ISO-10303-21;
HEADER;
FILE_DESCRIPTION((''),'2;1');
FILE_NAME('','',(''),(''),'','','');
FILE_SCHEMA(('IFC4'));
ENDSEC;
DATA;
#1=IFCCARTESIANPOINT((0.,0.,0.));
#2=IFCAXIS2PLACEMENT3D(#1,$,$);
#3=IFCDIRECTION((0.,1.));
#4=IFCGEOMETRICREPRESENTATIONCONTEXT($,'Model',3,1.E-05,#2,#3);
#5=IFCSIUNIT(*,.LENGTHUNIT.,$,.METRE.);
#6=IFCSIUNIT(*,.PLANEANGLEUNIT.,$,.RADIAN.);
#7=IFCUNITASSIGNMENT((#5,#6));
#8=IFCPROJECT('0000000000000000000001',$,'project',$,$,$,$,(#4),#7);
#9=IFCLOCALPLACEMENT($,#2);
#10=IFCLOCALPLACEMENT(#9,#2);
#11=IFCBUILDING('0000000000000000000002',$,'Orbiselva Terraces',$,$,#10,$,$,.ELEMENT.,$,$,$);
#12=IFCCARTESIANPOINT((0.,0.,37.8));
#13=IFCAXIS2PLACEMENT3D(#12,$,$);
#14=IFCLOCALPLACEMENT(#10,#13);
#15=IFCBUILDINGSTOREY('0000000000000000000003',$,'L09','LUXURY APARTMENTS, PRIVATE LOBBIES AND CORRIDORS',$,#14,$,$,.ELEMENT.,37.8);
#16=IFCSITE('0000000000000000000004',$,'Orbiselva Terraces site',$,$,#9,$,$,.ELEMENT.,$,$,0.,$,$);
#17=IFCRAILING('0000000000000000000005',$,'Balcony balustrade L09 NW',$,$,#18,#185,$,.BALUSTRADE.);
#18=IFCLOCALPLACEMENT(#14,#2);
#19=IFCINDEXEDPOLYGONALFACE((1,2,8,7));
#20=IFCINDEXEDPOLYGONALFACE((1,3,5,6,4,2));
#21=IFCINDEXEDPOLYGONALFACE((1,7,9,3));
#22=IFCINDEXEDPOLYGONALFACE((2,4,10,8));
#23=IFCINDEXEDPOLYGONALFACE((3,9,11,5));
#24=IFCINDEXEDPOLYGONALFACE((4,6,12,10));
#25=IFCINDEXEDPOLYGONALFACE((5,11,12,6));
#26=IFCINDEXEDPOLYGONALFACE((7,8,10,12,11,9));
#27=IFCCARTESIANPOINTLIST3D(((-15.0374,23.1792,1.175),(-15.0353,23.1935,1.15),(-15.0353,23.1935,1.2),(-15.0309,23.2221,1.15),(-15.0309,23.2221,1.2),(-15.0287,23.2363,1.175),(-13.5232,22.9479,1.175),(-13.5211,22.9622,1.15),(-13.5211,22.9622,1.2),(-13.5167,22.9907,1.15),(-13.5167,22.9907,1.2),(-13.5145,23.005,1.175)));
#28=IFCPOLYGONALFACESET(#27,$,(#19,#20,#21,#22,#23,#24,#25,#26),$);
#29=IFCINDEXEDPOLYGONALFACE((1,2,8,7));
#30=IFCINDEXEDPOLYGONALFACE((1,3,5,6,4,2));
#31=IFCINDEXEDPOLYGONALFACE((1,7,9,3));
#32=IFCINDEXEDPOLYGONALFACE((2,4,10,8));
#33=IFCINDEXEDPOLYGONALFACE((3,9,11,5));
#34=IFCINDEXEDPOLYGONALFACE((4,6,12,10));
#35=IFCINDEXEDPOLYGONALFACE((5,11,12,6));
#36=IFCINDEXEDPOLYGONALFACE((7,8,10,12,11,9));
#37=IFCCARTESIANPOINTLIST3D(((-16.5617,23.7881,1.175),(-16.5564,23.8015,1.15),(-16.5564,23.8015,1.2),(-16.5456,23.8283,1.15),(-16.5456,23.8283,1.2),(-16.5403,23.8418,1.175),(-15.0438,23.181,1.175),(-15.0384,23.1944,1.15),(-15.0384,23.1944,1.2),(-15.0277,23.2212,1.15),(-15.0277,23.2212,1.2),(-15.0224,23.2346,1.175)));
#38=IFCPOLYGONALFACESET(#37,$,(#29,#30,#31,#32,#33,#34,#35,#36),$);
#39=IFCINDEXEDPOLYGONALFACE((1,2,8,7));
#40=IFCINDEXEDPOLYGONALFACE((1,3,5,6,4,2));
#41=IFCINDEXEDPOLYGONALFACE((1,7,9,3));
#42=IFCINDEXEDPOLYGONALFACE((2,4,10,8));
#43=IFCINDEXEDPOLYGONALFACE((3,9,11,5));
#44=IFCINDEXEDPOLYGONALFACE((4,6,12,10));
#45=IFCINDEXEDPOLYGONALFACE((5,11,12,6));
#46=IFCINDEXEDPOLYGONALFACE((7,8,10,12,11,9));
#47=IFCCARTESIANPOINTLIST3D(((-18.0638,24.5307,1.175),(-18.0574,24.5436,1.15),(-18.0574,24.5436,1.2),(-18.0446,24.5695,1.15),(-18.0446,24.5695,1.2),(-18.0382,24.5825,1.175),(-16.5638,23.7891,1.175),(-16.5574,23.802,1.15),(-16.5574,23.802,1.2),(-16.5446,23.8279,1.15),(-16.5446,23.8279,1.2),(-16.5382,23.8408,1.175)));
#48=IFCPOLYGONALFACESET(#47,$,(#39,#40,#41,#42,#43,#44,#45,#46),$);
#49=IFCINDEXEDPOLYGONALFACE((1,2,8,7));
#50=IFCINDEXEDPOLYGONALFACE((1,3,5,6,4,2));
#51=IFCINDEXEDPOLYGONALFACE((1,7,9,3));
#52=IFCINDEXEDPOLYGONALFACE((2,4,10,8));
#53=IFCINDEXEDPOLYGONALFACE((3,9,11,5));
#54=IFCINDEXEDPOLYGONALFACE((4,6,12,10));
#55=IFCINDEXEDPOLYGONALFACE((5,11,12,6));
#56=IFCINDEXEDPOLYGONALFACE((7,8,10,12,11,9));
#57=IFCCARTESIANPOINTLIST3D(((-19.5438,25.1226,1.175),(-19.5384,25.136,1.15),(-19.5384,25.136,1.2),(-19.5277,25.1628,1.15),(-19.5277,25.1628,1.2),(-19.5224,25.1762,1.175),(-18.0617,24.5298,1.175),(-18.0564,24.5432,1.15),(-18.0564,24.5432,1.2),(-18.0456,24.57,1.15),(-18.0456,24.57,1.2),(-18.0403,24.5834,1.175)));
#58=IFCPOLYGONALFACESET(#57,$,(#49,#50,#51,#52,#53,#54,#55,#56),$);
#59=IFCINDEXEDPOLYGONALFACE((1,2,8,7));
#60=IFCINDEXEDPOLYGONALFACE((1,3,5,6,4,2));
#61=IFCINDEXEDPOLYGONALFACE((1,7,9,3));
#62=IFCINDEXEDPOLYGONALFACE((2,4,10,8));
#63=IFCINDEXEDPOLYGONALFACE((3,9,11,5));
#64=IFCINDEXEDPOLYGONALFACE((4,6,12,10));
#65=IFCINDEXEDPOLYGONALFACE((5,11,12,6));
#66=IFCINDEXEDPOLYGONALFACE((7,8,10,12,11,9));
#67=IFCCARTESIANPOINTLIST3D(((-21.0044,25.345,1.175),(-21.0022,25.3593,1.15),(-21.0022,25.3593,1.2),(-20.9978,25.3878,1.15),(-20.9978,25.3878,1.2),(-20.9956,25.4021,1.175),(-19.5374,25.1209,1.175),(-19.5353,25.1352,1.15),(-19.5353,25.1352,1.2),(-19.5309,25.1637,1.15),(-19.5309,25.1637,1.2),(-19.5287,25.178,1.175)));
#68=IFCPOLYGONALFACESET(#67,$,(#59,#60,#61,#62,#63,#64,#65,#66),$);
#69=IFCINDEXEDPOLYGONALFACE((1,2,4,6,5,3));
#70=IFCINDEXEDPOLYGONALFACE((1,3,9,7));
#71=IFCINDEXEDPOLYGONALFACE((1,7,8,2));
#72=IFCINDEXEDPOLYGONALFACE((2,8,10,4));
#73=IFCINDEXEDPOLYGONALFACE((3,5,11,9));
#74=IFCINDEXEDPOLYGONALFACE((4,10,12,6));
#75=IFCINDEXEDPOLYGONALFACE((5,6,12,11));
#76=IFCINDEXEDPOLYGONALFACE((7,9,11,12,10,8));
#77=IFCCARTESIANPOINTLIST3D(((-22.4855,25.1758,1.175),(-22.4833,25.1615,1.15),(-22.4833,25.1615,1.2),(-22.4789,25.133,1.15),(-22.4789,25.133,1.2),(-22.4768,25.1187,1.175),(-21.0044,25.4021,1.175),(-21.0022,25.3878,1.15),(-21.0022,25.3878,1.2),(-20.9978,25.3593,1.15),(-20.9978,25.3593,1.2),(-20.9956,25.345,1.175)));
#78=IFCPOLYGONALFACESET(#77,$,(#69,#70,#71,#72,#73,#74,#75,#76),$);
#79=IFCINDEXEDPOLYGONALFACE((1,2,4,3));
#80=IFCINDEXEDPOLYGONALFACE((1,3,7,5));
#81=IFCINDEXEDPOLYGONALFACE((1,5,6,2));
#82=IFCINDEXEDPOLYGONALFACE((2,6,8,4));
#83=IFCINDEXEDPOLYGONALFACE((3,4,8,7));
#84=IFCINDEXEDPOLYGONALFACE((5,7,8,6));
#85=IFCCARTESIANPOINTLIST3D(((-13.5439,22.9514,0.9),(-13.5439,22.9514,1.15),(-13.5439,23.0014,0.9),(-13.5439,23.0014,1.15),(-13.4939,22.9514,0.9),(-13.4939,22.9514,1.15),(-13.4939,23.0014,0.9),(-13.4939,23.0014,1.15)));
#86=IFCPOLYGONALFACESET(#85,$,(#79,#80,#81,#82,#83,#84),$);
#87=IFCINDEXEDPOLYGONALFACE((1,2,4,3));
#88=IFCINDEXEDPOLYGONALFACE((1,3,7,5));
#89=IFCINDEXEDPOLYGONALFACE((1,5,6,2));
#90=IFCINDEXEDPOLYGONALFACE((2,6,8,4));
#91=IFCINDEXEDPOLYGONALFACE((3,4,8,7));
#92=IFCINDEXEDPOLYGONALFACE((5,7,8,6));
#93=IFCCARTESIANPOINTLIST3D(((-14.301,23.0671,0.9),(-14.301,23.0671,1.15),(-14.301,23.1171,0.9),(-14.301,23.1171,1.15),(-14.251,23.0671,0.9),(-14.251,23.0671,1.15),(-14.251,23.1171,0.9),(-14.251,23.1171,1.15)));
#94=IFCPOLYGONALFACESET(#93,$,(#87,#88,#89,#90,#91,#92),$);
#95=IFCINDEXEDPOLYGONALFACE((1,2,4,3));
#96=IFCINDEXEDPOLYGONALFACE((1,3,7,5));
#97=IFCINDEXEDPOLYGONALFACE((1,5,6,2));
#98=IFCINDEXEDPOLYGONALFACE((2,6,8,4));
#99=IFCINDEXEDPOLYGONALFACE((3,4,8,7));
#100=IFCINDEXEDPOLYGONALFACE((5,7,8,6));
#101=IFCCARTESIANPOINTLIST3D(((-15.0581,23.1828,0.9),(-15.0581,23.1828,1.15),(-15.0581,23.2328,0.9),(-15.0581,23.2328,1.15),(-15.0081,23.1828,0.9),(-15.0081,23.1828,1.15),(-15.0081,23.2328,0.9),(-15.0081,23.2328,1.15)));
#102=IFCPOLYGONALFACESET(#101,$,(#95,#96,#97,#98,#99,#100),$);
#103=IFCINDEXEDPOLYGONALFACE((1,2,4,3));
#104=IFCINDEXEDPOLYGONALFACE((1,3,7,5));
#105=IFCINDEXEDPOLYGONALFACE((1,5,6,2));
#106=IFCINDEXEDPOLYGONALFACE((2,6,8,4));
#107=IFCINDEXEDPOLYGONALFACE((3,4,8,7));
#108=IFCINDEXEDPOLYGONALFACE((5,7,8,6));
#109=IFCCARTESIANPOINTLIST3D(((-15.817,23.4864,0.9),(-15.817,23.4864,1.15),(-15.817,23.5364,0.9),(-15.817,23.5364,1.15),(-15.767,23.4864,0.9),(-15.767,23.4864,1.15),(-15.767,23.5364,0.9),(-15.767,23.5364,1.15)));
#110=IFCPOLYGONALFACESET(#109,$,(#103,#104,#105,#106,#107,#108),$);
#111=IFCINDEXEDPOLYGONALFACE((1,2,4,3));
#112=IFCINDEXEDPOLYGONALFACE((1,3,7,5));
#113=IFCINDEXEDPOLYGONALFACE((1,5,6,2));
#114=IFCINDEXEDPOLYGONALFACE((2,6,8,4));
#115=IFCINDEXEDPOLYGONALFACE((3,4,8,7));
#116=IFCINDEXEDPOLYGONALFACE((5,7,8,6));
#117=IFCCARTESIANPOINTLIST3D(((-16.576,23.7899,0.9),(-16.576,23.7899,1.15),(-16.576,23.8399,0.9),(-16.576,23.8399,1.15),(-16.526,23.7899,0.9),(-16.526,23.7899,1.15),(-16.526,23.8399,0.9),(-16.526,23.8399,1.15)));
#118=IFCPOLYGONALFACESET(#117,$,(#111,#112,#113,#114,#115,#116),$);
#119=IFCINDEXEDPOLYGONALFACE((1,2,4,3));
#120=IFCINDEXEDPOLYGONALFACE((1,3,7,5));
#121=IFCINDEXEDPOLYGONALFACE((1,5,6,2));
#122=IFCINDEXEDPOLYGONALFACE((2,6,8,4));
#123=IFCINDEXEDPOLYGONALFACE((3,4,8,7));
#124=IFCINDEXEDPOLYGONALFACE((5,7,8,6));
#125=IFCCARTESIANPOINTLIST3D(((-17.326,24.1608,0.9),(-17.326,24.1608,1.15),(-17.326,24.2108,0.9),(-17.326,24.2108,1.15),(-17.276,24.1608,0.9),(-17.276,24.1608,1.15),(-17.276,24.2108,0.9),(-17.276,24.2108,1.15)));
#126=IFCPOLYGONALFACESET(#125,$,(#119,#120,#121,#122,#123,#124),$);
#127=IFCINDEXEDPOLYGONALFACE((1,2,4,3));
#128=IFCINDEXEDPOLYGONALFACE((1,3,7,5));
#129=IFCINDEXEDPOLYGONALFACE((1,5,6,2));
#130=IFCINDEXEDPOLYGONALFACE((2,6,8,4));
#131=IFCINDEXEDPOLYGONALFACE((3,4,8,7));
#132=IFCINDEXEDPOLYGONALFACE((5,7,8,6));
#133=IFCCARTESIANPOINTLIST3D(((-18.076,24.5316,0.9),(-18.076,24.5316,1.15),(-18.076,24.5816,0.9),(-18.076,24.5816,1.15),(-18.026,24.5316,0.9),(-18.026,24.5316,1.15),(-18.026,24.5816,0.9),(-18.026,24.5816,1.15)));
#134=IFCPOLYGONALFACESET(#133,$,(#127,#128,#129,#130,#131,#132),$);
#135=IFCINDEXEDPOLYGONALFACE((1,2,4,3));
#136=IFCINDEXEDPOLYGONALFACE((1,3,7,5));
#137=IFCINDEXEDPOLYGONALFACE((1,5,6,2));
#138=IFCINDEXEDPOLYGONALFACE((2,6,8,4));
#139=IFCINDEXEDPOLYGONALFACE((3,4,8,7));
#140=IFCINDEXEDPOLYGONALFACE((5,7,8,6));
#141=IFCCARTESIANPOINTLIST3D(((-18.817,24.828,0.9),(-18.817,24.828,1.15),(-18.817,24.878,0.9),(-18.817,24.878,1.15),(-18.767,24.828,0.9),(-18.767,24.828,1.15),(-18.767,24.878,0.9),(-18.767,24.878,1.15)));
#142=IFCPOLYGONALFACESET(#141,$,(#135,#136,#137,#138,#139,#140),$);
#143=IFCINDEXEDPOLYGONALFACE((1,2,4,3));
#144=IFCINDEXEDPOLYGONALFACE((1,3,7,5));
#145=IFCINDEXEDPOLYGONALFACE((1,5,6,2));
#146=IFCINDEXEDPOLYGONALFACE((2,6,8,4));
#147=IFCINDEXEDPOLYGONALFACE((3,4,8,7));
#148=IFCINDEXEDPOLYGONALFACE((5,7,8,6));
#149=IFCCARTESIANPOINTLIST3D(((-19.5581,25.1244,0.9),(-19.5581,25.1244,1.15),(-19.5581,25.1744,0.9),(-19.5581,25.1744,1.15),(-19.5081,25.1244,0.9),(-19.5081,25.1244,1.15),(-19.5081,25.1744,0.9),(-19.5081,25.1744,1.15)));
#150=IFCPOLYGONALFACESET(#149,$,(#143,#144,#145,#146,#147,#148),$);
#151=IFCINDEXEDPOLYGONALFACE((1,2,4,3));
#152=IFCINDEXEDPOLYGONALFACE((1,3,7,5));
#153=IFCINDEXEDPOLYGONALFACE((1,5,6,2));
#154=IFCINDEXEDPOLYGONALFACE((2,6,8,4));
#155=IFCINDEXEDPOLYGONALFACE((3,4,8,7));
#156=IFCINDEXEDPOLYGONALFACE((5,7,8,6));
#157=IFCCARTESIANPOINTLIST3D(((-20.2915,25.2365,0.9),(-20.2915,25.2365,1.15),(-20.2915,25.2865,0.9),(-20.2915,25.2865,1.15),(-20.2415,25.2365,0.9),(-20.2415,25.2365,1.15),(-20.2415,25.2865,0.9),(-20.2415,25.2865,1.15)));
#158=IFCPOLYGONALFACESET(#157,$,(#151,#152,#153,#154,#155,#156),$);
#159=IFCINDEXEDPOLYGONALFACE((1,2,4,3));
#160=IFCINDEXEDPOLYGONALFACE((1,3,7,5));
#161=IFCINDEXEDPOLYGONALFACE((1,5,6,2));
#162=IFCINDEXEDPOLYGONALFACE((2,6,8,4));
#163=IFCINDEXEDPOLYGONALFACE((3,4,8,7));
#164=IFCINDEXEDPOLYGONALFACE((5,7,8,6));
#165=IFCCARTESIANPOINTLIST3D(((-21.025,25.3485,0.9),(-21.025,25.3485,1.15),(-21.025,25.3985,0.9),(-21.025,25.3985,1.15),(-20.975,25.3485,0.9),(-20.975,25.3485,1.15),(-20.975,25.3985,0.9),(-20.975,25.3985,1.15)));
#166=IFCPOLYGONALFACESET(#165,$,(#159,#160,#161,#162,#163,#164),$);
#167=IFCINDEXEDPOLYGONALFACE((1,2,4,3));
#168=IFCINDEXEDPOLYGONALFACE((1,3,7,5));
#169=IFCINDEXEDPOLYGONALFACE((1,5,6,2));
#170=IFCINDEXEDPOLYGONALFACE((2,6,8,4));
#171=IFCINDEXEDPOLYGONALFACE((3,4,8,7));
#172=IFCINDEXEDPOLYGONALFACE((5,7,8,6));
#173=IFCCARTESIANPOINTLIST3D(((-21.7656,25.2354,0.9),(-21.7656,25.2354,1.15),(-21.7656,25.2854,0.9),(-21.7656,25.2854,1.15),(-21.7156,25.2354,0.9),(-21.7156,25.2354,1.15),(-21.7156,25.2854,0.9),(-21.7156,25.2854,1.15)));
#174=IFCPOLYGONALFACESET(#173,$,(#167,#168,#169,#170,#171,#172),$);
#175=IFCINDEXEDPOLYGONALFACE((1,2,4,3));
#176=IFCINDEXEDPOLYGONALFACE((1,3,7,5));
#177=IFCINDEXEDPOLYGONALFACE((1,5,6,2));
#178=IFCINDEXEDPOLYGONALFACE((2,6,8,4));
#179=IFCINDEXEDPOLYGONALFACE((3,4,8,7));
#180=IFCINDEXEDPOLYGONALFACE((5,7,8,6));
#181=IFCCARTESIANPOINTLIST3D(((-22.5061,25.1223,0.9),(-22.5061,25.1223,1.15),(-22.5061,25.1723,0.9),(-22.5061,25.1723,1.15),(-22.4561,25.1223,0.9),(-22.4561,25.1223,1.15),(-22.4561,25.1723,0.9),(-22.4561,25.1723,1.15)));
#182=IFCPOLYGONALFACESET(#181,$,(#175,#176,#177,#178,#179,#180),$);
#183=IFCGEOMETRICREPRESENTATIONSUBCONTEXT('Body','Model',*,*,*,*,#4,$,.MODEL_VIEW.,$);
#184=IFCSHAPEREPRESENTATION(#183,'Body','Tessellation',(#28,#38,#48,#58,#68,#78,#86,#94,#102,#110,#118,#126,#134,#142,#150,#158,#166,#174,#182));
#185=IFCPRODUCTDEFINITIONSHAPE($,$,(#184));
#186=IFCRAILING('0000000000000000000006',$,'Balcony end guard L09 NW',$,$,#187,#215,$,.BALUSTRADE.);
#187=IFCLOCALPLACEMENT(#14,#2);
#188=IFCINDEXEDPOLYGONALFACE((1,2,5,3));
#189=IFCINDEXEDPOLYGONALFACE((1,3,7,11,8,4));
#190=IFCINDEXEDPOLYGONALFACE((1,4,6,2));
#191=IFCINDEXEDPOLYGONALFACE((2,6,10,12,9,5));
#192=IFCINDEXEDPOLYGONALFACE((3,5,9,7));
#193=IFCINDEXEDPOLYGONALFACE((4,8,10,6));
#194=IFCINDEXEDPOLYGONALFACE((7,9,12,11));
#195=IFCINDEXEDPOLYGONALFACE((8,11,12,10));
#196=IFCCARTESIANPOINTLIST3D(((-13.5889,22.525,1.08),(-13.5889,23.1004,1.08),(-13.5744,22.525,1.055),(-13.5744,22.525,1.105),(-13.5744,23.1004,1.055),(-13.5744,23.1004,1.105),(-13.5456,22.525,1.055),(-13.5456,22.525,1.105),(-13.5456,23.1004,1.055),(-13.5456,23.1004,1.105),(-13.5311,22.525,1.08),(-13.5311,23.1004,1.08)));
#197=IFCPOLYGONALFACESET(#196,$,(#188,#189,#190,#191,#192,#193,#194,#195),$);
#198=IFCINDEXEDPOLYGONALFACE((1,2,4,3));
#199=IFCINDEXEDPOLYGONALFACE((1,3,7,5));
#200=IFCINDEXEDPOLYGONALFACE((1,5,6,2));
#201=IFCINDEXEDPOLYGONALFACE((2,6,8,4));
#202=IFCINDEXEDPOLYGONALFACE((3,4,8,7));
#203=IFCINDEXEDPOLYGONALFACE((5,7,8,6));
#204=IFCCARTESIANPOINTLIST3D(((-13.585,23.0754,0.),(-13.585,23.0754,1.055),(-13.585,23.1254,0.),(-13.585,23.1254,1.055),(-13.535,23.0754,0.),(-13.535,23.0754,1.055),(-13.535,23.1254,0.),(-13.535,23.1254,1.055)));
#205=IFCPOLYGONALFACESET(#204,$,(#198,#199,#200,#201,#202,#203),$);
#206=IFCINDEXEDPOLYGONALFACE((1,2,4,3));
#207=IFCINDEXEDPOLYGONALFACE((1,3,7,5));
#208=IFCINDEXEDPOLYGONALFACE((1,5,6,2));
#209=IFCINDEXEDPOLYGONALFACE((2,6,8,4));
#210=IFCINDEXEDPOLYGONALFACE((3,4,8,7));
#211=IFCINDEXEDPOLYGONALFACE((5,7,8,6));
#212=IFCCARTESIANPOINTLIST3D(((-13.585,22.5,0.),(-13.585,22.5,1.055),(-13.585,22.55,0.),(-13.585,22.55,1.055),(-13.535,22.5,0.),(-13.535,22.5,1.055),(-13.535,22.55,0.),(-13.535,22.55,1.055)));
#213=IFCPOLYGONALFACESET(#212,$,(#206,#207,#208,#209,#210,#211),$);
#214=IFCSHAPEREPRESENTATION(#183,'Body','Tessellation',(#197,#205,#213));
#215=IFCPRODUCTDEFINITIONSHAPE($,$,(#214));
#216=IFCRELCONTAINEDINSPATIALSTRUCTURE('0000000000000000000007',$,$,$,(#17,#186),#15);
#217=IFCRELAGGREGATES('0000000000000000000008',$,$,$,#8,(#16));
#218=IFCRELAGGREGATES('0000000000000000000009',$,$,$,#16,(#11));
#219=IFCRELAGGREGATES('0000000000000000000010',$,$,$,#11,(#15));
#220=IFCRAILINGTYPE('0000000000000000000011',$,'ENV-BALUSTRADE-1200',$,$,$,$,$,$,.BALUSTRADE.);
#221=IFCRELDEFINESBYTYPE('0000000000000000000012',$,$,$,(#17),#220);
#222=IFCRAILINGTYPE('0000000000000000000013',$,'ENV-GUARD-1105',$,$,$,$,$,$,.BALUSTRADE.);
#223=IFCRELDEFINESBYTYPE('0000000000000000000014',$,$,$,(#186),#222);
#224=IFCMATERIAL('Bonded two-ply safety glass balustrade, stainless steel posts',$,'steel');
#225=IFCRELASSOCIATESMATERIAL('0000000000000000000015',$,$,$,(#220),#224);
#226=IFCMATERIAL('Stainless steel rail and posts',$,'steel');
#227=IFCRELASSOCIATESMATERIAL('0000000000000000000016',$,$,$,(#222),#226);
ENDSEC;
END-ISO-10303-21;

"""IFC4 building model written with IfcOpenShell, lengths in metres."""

from ifc_helpers import new_model, si_unit, direction, frame, origin, origin_2d, place, context, subcontext, project, spatial, polyline, rectangle, outline, extrude, material, type_object, element, save


model = new_model("IFC4")

# Units and contexts
model_context = context("Model", 3, precision=1e-05, world=origin(), true_north=direction((0.0, 1.0)))
body_context = subcontext(model_context, "Body", "Model", "MODEL_VIEW")
ifc_project = project(units=[si_unit("LENGTHUNIT", "METRE"), si_unit("PLANEANGLEUNIT", "RADIAN")], contexts=[model_context])

# Site, building, storey
site_placement = place(None, origin())
site = spatial("IfcSite", under=ifc_project, at=site_placement, Name="Orbiselva Terraces site", CompositionType="ELEMENT", RefElevation=0.0)
building_placement = place(site_placement, origin())
building = spatial("IfcBuilding", under=site, at=building_placement, Name="Orbiselva Terraces", CompositionType="ELEMENT")
storey_placement = place(building_placement, frame((0.0, 0.0, 37.8)))
storey = spatial("IfcBuildingStorey", under=building, at=storey_placement, Name="L09", Description="LUXURY APARTMENTS, PRIVATE LOBBIES AND CORRIDORS", CompositionType="ELEMENT", Elevation=37.8)

# Railings
ifc_material_1 = material(Name="Bonded two-ply safety glass balustrade, stainless steel posts", Category="steel")
railing_type_1 = type_object("IfcRailingType", Name="ENV-BALUSTRADE-1200", PredefinedType="BALUSTRADE", material=ifc_material_1)
railing_1_placement = place(storey_placement, frame((-13.5189, 22.9764, 0.9)))
element("IfcRailing", 1, at=railing_1_placement, inside=storey, type_object=railing_type_1, Name="Balcony balustrade L09 NW", PredefinedType="BALUSTRADE", context=body_context, shape_type="SweptSolid", body=[
    extrude(outline(polyline([(0.0289, 0.0), (0.0144, 0.025), (-0.0144, 0.025), (-0.0289, 0.0), (-0.0144, -0.025), (0.0144, -0.025), (0.0289, 0.0)])), frame((0.0, 0.0, 0.275), z_axis=(-0.988529, 0.151034, 0.0), x_axis=(-0.151034, -0.988529, 0.0)), (0.0, 0.0, 1.0), 1.5318),
    extrude(outline(polyline([(0.0289, 0.0), (0.0144, 0.025), (-0.0144, 0.025), (-0.0289, 0.0), (-0.0144, -0.025), (0.0144, -0.025), (0.0289, 0.0)])), frame((-1.5142, 0.2314, 0.275), z_axis=(-0.928477, 0.37139, 0.0), x_axis=(-0.37139, -0.928477, 0.0)), (0.0, 0.0, 1.0), 1.6348),
    extrude(outline(polyline([(0.0289, 0.0), (0.0144, 0.025), (-0.0144, 0.025), (-0.0289, 0.0), (-0.0144, -0.025), (0.0144, -0.025), (0.0289, 0.0)])), frame((-3.0321, 0.8385, 0.275), z_axis=(-0.896417, 0.443212, 0.0), x_axis=(-0.443212, -0.896417, 0.0)), (0.0, 0.0, 1.0), 1.6733),
    extrude(outline(polyline([(0.0289, 0.0), (0.0144, 0.025), (-0.0144, 0.025), (-0.0289, 0.0), (-0.0144, -0.025), (0.0144, -0.025), (0.0289, 0.0)])), frame((-4.5321, 1.5802, 0.275), z_axis=(-0.928477, 0.371391, 0.0), x_axis=(-0.371391, -0.928477, 0.0)), (0.0, 0.0, 1.0), 1.5963),
    extrude(outline(polyline([(0.0289, 0.0), (0.0144, 0.025), (-0.0144, 0.025), (-0.0289, 0.0), (-0.0144, -0.025), (0.0144, -0.025), (0.0289, 0.0)])), frame((-6.0142, 2.173, 0.275), z_axis=(-0.988529, 0.151034, 0.0), x_axis=(-0.151034, -0.988529, 0.0)), (0.0, 0.0, 1.0), 1.4839),
    extrude(outline(polyline([(0.0289, 0.0), (0.0144, 0.025), (-0.0144, 0.025), (-0.0289, 0.0), (-0.0144, -0.025), (0.0144, -0.025), (0.0289, 0.0)])), frame((-7.4811, 2.3971, 0.275), z_axis=(-0.988529, -0.151034, 0.0), x_axis=(0.151034, -0.988529, 0.0)), (0.0, 0.0, 1.0), 1.4983),
    extrude(rectangle(XDim=0.05, YDim=0.05, at=origin_2d()), origin(), (0.0, 0.0, 1.0), 0.25),
    extrude(rectangle(XDim=0.05, YDim=0.05, at=origin_2d()), frame((-0.7571, 0.1157, 0.0)), (0.0, 0.0, 1.0), 0.25),
    extrude(rectangle(XDim=0.05, YDim=0.05, at=origin_2d()), frame((-1.5142, 0.2314, 0.0)), (0.0, 0.0, 1.0), 0.25),
    extrude(rectangle(XDim=0.05, YDim=0.05, at=origin_2d()), frame((-2.2732, 0.5349, 0.0)), (0.0, 0.0, 1.0), 0.25),
    extrude(rectangle(XDim=0.05, YDim=0.05, at=origin_2d()), frame((-3.0321, 0.8385, 0.0)), (0.0, 0.0, 1.0), 0.25),
    extrude(rectangle(XDim=0.05, YDim=0.05, at=origin_2d()), frame((-3.7821, 1.2093, 0.0)), (0.0, 0.0, 1.0), 0.25),
    extrude(rectangle(XDim=0.05, YDim=0.05, at=origin_2d()), frame((-4.5321, 1.5802, 0.0)), (0.0, 0.0, 1.0), 0.25),
    extrude(rectangle(XDim=0.05, YDim=0.05, at=origin_2d()), frame((-5.2732, 1.8766, 0.0)), (0.0, 0.0, 1.0), 0.25),
    extrude(rectangle(XDim=0.05, YDim=0.05, at=origin_2d()), frame((-6.0142, 2.173, 0.0)), (0.0, 0.0, 1.0), 0.25),
    extrude(rectangle(XDim=0.05, YDim=0.05, at=origin_2d()), frame((-6.7477, 2.2851, 0.0)), (0.0, 0.0, 1.0), 0.25),
    extrude(rectangle(XDim=0.05, YDim=0.05, at=origin_2d()), frame((-7.4811, 2.3971, 0.0)), (0.0, 0.0, 1.0), 0.25),
    extrude(rectangle(XDim=0.05, YDim=0.05, at=origin_2d()), frame((-8.2217, 2.284, 0.0)), (0.0, 0.0, 1.0), 0.25),
    extrude(rectangle(XDim=0.05, YDim=0.05, at=origin_2d()), frame((-8.9622, 2.1708, 0.0)), (0.0, 0.0, 1.0), 0.25),
])
ifc_material_2 = material(Name="Stainless steel rail and posts", Category="steel")
railing_type_2 = type_object("IfcRailingType", Name="ENV-GUARD-1105", PredefinedType="BALUSTRADE", material=ifc_material_2)
railing_2_placement = place(storey_placement, frame((-13.56, 23.1004, 0.0)))
element("IfcRailing", 2, at=railing_2_placement, inside=storey, type_object=railing_type_2, Name="Balcony end guard L09 NW", PredefinedType="BALUSTRADE", context=body_context, shape_type="SweptSolid", body=[
    extrude(outline(polyline([(0.0289, 0.0), (0.0144, 0.025), (-0.0144, 0.025), (-0.0289, 0.0), (-0.0144, -0.025), (0.0144, -0.025), (0.0289, 0.0)])), frame((0.0, 0.0, 1.08), z_axis=(0.0, -1.0, 0.0), x_axis=(1.0, 0.0, 0.0)), (0.0, 0.0, 1.0), 0.5754),
    extrude(rectangle(XDim=0.05, YDim=0.05, at=origin_2d()), origin(), (0.0, 0.0, 1.0), 1.055),
    extrude(rectangle(XDim=0.05, YDim=0.05, at=origin_2d()), frame((0.0, -0.5754, 0.0)), (0.0, 0.0, 1.0), 1.055),
])

save(model, "model.ifc")
